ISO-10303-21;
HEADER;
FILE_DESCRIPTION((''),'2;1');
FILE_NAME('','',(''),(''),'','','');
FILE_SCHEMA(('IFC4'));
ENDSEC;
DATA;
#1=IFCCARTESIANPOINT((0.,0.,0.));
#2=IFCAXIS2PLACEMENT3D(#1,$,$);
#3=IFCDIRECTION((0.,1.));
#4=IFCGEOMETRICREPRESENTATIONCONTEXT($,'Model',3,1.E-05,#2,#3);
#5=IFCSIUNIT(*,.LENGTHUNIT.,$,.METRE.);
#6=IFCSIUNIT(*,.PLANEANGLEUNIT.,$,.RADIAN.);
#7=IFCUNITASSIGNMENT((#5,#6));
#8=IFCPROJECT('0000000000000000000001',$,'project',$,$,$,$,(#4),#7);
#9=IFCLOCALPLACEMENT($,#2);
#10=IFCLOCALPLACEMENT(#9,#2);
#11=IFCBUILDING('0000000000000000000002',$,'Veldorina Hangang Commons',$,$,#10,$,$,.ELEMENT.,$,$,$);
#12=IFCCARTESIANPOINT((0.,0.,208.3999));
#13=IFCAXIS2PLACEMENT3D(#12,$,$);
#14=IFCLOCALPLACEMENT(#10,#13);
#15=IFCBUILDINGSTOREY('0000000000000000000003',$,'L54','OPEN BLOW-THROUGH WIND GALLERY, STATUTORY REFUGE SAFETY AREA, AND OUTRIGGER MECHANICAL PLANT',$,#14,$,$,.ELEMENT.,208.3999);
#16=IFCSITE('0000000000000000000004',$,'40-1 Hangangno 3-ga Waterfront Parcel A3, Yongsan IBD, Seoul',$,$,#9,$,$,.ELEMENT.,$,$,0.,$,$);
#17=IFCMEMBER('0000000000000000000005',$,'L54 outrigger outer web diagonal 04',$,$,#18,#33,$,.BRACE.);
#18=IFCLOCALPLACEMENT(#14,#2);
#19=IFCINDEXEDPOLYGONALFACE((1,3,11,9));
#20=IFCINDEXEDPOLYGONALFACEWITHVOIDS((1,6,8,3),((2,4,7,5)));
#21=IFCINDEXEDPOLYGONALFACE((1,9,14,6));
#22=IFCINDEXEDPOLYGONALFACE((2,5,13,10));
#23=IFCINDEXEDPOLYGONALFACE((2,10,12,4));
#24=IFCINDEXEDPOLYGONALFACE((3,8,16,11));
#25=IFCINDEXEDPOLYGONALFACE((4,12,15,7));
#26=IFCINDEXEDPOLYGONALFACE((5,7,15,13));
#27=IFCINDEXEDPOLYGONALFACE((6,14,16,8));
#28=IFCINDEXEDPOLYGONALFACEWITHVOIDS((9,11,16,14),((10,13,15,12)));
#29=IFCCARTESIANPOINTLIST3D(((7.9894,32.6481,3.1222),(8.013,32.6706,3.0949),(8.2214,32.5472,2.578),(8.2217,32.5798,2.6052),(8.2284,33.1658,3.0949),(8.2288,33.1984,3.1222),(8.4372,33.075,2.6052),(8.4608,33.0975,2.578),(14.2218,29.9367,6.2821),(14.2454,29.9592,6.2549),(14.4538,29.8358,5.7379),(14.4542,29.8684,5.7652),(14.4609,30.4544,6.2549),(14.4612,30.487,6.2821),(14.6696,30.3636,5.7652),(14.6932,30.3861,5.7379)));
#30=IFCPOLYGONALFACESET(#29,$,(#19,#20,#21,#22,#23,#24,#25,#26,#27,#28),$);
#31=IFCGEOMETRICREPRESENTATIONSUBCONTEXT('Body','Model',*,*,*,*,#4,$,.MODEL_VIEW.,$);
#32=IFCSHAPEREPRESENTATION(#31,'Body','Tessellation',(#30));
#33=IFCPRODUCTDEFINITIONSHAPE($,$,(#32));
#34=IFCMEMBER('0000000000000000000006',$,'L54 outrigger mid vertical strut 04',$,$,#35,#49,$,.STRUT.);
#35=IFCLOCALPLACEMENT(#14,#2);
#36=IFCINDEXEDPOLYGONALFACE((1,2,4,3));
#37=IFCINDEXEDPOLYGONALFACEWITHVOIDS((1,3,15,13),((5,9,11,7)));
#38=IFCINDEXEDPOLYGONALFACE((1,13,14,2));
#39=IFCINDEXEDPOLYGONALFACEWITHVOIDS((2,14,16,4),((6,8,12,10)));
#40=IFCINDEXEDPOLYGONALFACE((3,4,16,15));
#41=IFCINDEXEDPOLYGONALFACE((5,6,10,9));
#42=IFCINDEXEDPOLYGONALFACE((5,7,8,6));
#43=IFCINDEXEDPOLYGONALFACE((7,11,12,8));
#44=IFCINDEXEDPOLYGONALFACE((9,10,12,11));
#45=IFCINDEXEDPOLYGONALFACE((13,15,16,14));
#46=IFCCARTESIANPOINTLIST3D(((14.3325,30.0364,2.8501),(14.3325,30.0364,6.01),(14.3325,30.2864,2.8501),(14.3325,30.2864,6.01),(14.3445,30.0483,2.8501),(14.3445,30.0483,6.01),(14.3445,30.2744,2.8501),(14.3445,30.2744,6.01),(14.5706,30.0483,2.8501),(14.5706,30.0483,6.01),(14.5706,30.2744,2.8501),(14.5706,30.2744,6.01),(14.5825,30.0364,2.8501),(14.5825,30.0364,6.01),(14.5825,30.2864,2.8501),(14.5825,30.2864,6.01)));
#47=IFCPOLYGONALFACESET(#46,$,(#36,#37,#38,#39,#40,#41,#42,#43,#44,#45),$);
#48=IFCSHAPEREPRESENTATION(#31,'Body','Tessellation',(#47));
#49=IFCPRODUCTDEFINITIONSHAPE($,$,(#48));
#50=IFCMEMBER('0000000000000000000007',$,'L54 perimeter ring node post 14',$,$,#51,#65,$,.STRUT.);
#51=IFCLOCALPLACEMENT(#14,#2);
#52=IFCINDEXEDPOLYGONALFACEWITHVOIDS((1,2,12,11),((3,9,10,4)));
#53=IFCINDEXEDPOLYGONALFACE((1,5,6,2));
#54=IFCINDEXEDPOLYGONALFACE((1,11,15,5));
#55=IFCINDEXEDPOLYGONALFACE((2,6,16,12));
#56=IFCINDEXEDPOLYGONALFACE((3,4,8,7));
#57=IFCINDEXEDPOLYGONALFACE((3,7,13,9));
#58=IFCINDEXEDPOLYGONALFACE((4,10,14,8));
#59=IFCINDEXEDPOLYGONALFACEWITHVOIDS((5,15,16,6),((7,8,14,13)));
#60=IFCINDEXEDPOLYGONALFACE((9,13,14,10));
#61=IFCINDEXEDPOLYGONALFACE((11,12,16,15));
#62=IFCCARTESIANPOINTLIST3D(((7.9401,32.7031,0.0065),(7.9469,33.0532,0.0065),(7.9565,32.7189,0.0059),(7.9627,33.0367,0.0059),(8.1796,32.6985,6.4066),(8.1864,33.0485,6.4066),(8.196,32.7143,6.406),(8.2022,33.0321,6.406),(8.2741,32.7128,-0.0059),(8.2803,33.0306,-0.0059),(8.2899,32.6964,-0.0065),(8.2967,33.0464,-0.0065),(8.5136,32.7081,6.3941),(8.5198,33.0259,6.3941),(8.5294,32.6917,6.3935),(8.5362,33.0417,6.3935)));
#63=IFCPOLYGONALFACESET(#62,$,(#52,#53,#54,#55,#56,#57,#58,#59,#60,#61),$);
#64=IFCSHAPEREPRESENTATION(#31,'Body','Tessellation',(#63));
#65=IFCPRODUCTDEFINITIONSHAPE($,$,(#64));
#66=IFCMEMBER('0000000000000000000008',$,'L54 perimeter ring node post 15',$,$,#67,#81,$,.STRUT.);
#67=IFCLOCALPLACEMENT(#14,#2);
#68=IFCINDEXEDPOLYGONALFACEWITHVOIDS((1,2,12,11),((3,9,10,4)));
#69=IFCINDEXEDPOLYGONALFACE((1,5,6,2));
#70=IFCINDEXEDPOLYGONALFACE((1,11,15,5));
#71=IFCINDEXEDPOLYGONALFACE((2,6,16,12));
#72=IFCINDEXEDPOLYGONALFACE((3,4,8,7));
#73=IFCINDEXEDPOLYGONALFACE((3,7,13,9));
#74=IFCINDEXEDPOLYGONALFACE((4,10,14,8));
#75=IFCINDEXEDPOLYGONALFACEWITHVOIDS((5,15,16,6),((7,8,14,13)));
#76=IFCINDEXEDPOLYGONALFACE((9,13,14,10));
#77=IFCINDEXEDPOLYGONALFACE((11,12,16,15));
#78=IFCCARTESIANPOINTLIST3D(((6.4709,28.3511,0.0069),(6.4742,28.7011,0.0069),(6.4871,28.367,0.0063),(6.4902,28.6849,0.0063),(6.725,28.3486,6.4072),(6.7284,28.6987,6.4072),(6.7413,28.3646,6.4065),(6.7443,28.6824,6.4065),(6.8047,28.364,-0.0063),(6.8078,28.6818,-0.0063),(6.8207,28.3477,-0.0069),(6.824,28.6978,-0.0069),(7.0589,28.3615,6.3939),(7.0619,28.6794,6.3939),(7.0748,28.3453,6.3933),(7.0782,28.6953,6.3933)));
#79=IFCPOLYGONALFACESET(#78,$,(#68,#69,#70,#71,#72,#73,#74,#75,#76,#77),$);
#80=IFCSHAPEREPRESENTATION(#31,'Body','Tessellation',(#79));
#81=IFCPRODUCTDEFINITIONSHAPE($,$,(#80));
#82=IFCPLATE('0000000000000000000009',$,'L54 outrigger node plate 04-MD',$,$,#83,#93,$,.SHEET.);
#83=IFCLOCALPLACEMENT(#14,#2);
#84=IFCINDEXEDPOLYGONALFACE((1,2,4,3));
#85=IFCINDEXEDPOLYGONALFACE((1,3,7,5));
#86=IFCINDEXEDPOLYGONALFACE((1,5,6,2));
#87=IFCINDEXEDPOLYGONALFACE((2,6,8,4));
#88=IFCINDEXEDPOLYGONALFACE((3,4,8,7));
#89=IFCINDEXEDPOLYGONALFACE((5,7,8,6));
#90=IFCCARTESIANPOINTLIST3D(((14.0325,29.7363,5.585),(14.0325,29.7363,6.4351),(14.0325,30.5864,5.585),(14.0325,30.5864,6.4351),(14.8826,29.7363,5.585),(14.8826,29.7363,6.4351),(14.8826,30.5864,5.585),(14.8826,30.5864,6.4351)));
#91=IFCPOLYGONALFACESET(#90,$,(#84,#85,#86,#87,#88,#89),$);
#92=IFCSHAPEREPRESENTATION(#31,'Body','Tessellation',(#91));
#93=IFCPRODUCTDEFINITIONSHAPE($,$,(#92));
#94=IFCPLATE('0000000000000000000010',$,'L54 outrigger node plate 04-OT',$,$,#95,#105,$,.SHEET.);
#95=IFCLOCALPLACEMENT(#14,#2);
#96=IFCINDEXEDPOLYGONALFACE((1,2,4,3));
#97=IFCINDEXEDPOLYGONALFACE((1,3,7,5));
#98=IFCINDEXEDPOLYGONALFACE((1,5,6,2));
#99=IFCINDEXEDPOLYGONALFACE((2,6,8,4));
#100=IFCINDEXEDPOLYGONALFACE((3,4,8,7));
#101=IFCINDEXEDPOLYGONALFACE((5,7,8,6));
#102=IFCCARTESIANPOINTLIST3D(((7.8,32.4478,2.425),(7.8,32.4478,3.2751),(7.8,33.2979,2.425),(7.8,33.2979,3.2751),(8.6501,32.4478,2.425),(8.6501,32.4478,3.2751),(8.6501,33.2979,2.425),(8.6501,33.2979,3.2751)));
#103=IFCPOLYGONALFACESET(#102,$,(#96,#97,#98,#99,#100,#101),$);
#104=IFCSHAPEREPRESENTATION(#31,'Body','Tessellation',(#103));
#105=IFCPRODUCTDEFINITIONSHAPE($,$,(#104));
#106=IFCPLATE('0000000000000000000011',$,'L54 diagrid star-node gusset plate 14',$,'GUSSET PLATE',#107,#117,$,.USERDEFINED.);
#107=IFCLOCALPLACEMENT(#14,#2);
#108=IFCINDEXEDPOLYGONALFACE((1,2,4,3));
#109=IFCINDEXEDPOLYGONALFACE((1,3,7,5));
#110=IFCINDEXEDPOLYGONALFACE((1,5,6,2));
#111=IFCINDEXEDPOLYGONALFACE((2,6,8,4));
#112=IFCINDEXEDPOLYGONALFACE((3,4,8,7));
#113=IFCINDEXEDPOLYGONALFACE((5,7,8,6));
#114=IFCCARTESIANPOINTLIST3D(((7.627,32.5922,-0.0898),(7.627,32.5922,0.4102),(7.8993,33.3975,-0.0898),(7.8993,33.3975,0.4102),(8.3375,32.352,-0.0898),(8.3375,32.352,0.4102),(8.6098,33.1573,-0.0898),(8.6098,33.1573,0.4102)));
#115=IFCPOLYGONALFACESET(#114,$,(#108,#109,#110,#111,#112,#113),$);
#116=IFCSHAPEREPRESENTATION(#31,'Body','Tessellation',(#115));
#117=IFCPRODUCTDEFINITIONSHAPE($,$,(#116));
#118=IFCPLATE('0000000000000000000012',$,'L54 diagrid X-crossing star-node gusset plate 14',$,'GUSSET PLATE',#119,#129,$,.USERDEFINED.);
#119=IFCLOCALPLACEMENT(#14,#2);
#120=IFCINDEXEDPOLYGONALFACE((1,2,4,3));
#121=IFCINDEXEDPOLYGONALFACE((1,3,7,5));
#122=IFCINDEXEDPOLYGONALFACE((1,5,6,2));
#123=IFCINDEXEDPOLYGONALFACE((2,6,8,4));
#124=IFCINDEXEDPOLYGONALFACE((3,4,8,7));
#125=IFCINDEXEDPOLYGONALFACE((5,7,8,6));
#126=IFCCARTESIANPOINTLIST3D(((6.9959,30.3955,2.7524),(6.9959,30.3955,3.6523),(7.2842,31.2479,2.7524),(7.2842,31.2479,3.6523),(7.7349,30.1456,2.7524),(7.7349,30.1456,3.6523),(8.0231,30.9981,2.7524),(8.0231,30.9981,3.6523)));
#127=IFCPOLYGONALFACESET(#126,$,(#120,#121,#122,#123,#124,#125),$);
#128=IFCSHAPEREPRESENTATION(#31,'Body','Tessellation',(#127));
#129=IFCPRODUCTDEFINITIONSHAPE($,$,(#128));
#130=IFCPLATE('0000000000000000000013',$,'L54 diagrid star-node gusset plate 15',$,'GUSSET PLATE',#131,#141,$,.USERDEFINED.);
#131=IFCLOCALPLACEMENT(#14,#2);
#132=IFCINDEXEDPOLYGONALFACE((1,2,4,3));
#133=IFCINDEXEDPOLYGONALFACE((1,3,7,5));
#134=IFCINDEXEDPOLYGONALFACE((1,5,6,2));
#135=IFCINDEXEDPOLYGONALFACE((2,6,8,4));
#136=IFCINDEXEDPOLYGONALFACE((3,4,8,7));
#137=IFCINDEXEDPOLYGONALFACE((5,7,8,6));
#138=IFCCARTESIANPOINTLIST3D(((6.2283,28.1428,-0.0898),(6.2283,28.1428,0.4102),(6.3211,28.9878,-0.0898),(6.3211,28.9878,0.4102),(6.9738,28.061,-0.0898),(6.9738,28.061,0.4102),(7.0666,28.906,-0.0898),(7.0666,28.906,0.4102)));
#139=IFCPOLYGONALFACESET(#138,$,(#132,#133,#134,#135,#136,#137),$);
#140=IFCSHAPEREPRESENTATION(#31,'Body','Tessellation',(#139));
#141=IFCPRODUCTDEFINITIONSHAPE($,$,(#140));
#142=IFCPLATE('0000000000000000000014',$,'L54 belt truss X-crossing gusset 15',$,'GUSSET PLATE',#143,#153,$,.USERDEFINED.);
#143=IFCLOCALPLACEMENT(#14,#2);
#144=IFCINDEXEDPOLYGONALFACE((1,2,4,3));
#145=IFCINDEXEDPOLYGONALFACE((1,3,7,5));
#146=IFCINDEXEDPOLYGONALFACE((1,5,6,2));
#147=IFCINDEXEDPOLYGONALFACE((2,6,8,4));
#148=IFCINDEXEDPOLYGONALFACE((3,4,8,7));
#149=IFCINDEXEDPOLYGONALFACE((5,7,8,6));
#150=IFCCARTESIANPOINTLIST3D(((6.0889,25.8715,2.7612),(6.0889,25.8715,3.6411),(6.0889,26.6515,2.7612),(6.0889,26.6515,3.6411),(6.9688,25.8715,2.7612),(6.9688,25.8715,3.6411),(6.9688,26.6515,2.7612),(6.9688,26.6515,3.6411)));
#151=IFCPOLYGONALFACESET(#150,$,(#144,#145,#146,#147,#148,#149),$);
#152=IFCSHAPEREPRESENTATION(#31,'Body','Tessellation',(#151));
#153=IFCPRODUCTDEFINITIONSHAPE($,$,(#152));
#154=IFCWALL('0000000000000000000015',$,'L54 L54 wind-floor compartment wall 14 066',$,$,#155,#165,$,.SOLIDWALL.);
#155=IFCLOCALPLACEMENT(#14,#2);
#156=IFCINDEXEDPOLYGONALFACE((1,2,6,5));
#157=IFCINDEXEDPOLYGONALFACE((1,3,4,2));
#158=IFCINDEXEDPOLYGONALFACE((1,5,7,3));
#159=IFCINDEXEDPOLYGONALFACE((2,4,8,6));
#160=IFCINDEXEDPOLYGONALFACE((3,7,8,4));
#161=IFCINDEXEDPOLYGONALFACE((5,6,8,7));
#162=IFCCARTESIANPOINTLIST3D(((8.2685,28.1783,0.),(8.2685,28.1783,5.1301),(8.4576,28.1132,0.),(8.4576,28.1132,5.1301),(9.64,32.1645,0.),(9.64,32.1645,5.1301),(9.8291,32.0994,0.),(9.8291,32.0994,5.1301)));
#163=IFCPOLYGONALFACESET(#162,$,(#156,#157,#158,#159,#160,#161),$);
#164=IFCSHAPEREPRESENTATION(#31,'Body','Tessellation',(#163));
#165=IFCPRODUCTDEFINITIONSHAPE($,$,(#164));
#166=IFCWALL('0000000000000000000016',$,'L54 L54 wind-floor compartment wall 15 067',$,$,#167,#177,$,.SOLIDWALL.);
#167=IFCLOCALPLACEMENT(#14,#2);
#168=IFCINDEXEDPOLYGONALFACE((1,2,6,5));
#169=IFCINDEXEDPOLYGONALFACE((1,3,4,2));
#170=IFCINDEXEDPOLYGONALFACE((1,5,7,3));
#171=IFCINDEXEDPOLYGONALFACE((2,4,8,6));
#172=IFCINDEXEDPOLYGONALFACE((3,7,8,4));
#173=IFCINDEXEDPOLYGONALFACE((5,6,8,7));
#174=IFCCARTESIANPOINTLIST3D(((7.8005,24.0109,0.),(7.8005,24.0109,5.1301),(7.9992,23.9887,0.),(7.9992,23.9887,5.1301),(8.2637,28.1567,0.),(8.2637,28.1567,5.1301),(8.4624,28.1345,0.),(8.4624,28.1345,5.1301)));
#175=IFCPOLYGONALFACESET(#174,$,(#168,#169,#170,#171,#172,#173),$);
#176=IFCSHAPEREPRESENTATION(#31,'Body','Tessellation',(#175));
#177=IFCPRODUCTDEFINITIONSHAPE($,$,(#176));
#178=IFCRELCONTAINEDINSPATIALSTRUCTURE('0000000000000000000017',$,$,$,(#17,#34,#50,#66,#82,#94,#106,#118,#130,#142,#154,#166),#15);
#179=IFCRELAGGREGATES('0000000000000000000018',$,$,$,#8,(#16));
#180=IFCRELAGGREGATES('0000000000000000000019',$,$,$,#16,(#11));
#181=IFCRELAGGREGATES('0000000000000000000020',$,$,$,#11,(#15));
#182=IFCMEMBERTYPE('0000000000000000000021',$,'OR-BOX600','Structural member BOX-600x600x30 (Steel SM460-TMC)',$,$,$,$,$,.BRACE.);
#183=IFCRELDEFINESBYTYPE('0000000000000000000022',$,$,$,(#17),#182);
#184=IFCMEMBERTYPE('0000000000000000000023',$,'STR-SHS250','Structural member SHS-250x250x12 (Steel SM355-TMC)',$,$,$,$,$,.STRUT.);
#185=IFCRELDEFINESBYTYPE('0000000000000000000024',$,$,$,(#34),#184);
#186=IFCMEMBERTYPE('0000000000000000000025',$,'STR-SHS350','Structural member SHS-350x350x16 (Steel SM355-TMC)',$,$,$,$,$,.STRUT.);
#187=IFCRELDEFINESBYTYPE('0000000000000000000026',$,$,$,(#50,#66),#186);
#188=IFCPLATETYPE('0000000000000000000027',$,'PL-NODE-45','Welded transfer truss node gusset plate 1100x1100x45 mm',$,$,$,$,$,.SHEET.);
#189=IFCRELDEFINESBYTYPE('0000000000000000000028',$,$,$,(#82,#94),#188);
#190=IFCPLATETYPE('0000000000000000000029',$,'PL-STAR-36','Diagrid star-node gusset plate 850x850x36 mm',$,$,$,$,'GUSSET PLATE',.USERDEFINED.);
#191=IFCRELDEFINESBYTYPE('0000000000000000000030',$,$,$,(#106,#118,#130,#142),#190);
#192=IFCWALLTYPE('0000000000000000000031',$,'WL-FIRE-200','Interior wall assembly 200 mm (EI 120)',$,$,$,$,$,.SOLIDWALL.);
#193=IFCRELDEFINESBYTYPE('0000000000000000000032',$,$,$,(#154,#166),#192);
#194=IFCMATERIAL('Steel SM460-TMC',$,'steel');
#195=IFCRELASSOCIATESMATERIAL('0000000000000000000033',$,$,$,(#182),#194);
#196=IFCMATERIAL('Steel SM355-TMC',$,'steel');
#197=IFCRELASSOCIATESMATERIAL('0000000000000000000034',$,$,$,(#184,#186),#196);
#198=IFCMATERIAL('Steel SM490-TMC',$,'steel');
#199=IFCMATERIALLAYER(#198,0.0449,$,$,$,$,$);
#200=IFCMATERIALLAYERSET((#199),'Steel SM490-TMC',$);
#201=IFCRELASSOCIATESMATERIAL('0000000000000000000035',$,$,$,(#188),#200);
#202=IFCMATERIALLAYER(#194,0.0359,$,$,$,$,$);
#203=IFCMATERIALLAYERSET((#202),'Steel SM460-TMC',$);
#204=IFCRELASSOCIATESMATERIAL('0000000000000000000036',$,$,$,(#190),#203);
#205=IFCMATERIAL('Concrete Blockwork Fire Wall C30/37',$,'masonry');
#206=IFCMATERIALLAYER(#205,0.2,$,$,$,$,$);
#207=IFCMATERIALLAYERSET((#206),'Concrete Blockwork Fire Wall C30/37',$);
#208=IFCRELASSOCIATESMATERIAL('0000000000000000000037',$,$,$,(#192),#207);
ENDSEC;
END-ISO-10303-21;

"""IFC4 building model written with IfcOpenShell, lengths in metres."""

from ifc_helpers import new_model, si_unit, direction, frame, frame_2d, origin, origin_2d, place, context, subcontext, project, spatial, rectangle, hollow_rectangle, extrude, material, layer, layer_set, material_profile, profile_set, type_object, element, save


model = new_model("IFC4")

# Units and contexts
model_context = context("Model", 3, precision=1e-05, world=origin(), true_north=direction((0.0, 1.0)))
body_context = subcontext(model_context, "Body", "Model", "MODEL_VIEW")
ifc_project = project(units=[si_unit("LENGTHUNIT", "METRE"), si_unit("PLANEANGLEUNIT", "RADIAN")], contexts=[model_context])

# Site, building, storey
site_placement = place(None, origin())
site = spatial("IfcSite", under=ifc_project, at=site_placement, Name="40-1 Hangangno 3-ga Waterfront Parcel A3, Yongsan IBD, Seoul", CompositionType="ELEMENT", RefElevation=0.0)
building_placement = place(site_placement, origin())
building = spatial("IfcBuilding", under=site, at=building_placement, Name="Veldorina Hangang Commons", CompositionType="ELEMENT")
storey_placement = place(building_placement, frame((0.0, 0.0, 208.3999)))
storey = spatial("IfcBuildingStorey", under=building, at=storey_placement, Name="L54", Description="OPEN BLOW-THROUGH WIND GALLERY, STATUTORY REFUGE SAFETY AREA, AND OUTRIGGER MECHANICAL PLANT", CompositionType="ELEMENT", Elevation=208.3999)

# Shared definitions
ifc_material_1 = material(Name="Steel SM460-TMC", Category="steel")
ifc_material_2 = material(Name="Steel SM355-TMC", Category="steel")

# Members
ifc_material_profile_1 = material_profile(ifc_material_1, hollow_rectangle(XDim=0.6001, YDim=0.6001, WallThickness=0.03, at=origin_2d()), Name="BOX-600x600x30")
ifc_profile_set_1 = profile_set([ifc_material_profile_1], Name="Steel SM460-TMC")
member_type_1 = type_object("IfcMemberType", Name="OR-BOX600", Description="Structural member BOX-600x600x30 (Steel SM460-TMC)", PredefinedType="BRACE", material=ifc_profile_set_1)
member_1_placement = place(storey_placement, frame((14.4575, 30.1614, 6.01), z_axis=(-0.831507, 0.361749, -0.421584), x_axis=(-0.398934, -0.91698, 0.0)))
element("IfcMember", 1, at=member_1_placement, inside=storey, type_object=member_type_1, Name="L54 outrigger outer web diagonal 04", PredefinedType="BRACE", context=body_context, shape_type="SweptSolid", body=[
    extrude(hollow_rectangle(XDim=0.6001, YDim=0.6001, WallThickness=0.03, at=origin_2d()), origin(), (0.0, 0.0, 1.0), 7.4954),
])
ifc_material_profile_2 = material_profile(ifc_material_2, hollow_rectangle(XDim=0.25, YDim=0.25, WallThickness=0.012, at=origin_2d()), Name="SHS-250x250x12")
ifc_profile_set_2 = profile_set([ifc_material_profile_2], Name="Steel SM355-TMC")
member_type_2 = type_object("IfcMemberType", Name="STR-SHS250", Description="Structural member SHS-250x250x12 (Steel SM355-TMC)", PredefinedType="STRUT", material=ifc_profile_set_2)
member_2_placement = place(storey_placement, frame((14.4575, 30.1614, 2.8501), z_axis=(0.0, 0.0, 1.0), x_axis=(1.0, 0.0, 0.0)))
element("IfcMember", 2, at=member_2_placement, inside=storey, type_object=member_type_2, Name="L54 outrigger mid vertical strut 04", PredefinedType="STRUT", context=body_context, shape_type="SweptSolid", body=[
    extrude(hollow_rectangle(XDim=0.25, YDim=0.25, WallThickness=0.012, at=origin_2d()), origin(), (0.0, 0.0, 1.0), 3.1599),
])
ifc_material_profile_3 = material_profile(ifc_material_2, hollow_rectangle(XDim=0.3501, YDim=0.3501, WallThickness=0.0161, at=origin_2d()), Name="SHS-350x350x16")
ifc_profile_set_3 = profile_set([ifc_material_profile_3], Name="Steel SM355-TMC")
member_type_3 = type_object("IfcMemberType", Name="STR-SHS350", Description="Structural member SHS-350x350x16 (Steel SM355-TMC)", PredefinedType="STRUT", material=ifc_profile_set_3)
member_3_placement = place(storey_placement, frame((8.1184, 32.8748, 0.0), z_axis=(0.037395, -0.000724, 0.9993), x_axis=(0.019364, 0.999812, 0.0)))
element("IfcMember", 3, at=member_3_placement, inside=storey, type_object=member_type_3, Name="L54 perimeter ring node post 14", PredefinedType="STRUT", context=body_context, shape_type="SweptSolid", body=[
    extrude(hollow_rectangle(XDim=0.3501, YDim=0.3501, WallThickness=0.0161, at=origin_2d()), origin(), (0.0, 0.0, 1.0), 6.4045),
])
member_4_placement = place(storey_placement, frame((6.6475, 28.5244, 0.0), z_axis=(0.039679, -0.000381, 0.999212), x_axis=(0.009606, 0.999954, 0.0)))
element("IfcMember", 4, at=member_4_placement, inside=storey, type_object=member_type_3, Name="L54 perimeter ring node post 15", PredefinedType="STRUT", context=body_context, shape_type="SweptSolid", body=[
    extrude(hollow_rectangle(XDim=0.3501, YDim=0.3501, WallThickness=0.0161, at=origin_2d()), origin(), (0.0, 0.0, 1.0), 6.4053),
])

# Plates
ifc_material_3 = material(Name="Steel SM490-TMC", Category="steel")
ifc_layer_1 = layer(ifc_material_3, 0.0449)
ifc_layer_set_1 = layer_set([ifc_layer_1], Name="Steel SM490-TMC")
plate_type_1 = type_object("IfcPlateType", Name="PL-NODE-45", Description="Welded transfer truss node gusset plate 1100x1100x45 mm", PredefinedType="SHEET", material=ifc_layer_set_1)
for number, where, z_axis, x_axis, name in (
    (5, (14.4575, 30.1614, 5.585), (0.0, 0.0, 1.0), (1.0, 0.0, 0.0), "L54 outrigger node plate 04-MD"),
    (6, (8.2251, 32.8728, 2.425), (0.0, 0.0, 1.0), (1.0, 0.0, 0.0), "L54 outrigger node plate 04-OT"),
):
    element("IfcPlate", number, at=place(storey_placement, frame(where, z_axis=z_axis, x_axis=x_axis)), inside=storey, type_object=plate_type_1, Name=name, PredefinedType="SHEET", context=body_context, shape_type="SweptSolid", body=[
        extrude(rectangle(XDim=0.8501, YDim=0.8501, at=origin_2d()), origin(), (0.0, 0.0, 1.0), 0.8501),
    ])
ifc_layer_2 = layer(ifc_material_1, 0.0359)
ifc_layer_set_2 = layer_set([ifc_layer_2], Name="Steel SM460-TMC")
plate_type_2 = type_object("IfcPlateType", Name="PL-STAR-36", Description="Diagrid star-node gusset plate 850x850x36 mm", ElementType="GUSSET PLATE", PredefinedType="USERDEFINED", material=ifc_layer_set_2)
plate_1_placement = place(storey_placement, frame((8.1184, 32.8748, -0.0898), z_axis=(0.0, 0.0, 1.0), x_axis=(-0.320315, -0.947311, 0.0)))
element("IfcPlate", 7, at=plate_1_placement, inside=storey, type_object=plate_type_2, Name="L54 diagrid star-node gusset plate 14", ObjectType="GUSSET PLATE", PredefinedType="USERDEFINED", context=body_context, shape_type="SweptSolid", body=[
    extrude(rectangle(XDim=0.8501, YDim=0.75, at=origin_2d()), origin(), (0.0, 0.0, 1.0), 0.5),
])
plate_2_placement = place(storey_placement, frame((7.5095, 30.6968, 2.7524), z_axis=(0.0, 0.0, 1.0), x_axis=(-0.320315, -0.947311, 0.0)))
element("IfcPlate", 8, at=plate_2_placement, inside=storey, type_object=plate_type_2, Name="L54 diagrid X-crossing star-node gusset plate 14", ObjectType="GUSSET PLATE", PredefinedType="USERDEFINED", context=body_context, shape_type="SweptSolid", body=[
    extrude(rectangle(XDim=0.8999, YDim=0.78, at=origin_2d()), origin(), (0.0, 0.0, 1.0), 0.8999),
])
plate_3_placement = place(storey_placement, frame((6.6475, 28.5244, -0.0898), z_axis=(0.0, 0.0, 1.0), x_axis=(-0.109127, -0.994028, 0.0)))
element("IfcPlate", 9, at=plate_3_placement, inside=storey, type_object=plate_type_2, Name="L54 diagrid star-node gusset plate 15", ObjectType="GUSSET PLATE", PredefinedType="USERDEFINED", context=body_context, shape_type="SweptSolid", body=[
    extrude(rectangle(XDim=0.8501, YDim=0.75, at=origin_2d()), origin(), (0.0, 0.0, 1.0), 0.5),
])
plate_4_placement = place(storey_placement, frame((6.5288, 26.2615, 2.7612), z_axis=(0.0, 0.0, 1.0), x_axis=(1.0, 0.0, 0.0)))
element("IfcPlate", 10, at=plate_4_placement, inside=storey, type_object=plate_type_2, Name="L54 belt truss X-crossing gusset 15", ObjectType="GUSSET PLATE", PredefinedType="USERDEFINED", context=body_context, shape_type="SweptSolid", body=[
    extrude(rectangle(XDim=0.8799, YDim=0.78, at=origin_2d()), origin(), (0.0, 0.0, 1.0), 0.8799),
])

# Walls
ifc_material_4 = material(Name="Concrete Blockwork Fire Wall C30/37", Category="masonry")
ifc_layer_3 = layer(ifc_material_4, 0.2)
ifc_layer_set_3 = layer_set([ifc_layer_3], Name="Concrete Blockwork Fire Wall C30/37")
wall_type = type_object("IfcWallType", Name="WL-FIRE-200", Description="Interior wall assembly 200 mm (EI 120)", PredefinedType="SOLIDWALL", material=ifc_layer_set_3)
wall_1_placement = place(storey_placement, frame((9.7346, 32.1321, 0.0), z_axis=(0.0, 0.0, 1.0), x_axis=(-0.325352, -0.945593, 0.0)))
element("IfcWall", 11, at=wall_1_placement, inside=storey, type_object=wall_type, Name="L54 L54 wind-floor compartment wall 14 066", PredefinedType="SOLIDWALL", context=body_context, shape_type="SweptSolid", body=[
    extrude(rectangle(XDim=4.2156, YDim=0.2, at=frame_2d((2.1079, 0.0))), origin(), (0.0, 0.0, 1.0), 5.1301),
])
wall_2_placement = place(storey_placement, frame((8.363, 28.1458, 0.0), z_axis=(0.0, 0.0, 1.0), x_axis=(-0.111022, -0.993818, 0.0)))
element("IfcWall", 12, at=wall_2_placement, inside=storey, type_object=wall_type, Name="L54 L54 wind-floor compartment wall 15 067", PredefinedType="SOLIDWALL", context=body_context, shape_type="SweptSolid", body=[
    extrude(rectangle(XDim=4.1716, YDim=0.2, at=frame_2d((2.0859, 0.0))), origin(), (0.0, 0.0, 1.0), 5.1301),
])

save(model, "model.ifc")
